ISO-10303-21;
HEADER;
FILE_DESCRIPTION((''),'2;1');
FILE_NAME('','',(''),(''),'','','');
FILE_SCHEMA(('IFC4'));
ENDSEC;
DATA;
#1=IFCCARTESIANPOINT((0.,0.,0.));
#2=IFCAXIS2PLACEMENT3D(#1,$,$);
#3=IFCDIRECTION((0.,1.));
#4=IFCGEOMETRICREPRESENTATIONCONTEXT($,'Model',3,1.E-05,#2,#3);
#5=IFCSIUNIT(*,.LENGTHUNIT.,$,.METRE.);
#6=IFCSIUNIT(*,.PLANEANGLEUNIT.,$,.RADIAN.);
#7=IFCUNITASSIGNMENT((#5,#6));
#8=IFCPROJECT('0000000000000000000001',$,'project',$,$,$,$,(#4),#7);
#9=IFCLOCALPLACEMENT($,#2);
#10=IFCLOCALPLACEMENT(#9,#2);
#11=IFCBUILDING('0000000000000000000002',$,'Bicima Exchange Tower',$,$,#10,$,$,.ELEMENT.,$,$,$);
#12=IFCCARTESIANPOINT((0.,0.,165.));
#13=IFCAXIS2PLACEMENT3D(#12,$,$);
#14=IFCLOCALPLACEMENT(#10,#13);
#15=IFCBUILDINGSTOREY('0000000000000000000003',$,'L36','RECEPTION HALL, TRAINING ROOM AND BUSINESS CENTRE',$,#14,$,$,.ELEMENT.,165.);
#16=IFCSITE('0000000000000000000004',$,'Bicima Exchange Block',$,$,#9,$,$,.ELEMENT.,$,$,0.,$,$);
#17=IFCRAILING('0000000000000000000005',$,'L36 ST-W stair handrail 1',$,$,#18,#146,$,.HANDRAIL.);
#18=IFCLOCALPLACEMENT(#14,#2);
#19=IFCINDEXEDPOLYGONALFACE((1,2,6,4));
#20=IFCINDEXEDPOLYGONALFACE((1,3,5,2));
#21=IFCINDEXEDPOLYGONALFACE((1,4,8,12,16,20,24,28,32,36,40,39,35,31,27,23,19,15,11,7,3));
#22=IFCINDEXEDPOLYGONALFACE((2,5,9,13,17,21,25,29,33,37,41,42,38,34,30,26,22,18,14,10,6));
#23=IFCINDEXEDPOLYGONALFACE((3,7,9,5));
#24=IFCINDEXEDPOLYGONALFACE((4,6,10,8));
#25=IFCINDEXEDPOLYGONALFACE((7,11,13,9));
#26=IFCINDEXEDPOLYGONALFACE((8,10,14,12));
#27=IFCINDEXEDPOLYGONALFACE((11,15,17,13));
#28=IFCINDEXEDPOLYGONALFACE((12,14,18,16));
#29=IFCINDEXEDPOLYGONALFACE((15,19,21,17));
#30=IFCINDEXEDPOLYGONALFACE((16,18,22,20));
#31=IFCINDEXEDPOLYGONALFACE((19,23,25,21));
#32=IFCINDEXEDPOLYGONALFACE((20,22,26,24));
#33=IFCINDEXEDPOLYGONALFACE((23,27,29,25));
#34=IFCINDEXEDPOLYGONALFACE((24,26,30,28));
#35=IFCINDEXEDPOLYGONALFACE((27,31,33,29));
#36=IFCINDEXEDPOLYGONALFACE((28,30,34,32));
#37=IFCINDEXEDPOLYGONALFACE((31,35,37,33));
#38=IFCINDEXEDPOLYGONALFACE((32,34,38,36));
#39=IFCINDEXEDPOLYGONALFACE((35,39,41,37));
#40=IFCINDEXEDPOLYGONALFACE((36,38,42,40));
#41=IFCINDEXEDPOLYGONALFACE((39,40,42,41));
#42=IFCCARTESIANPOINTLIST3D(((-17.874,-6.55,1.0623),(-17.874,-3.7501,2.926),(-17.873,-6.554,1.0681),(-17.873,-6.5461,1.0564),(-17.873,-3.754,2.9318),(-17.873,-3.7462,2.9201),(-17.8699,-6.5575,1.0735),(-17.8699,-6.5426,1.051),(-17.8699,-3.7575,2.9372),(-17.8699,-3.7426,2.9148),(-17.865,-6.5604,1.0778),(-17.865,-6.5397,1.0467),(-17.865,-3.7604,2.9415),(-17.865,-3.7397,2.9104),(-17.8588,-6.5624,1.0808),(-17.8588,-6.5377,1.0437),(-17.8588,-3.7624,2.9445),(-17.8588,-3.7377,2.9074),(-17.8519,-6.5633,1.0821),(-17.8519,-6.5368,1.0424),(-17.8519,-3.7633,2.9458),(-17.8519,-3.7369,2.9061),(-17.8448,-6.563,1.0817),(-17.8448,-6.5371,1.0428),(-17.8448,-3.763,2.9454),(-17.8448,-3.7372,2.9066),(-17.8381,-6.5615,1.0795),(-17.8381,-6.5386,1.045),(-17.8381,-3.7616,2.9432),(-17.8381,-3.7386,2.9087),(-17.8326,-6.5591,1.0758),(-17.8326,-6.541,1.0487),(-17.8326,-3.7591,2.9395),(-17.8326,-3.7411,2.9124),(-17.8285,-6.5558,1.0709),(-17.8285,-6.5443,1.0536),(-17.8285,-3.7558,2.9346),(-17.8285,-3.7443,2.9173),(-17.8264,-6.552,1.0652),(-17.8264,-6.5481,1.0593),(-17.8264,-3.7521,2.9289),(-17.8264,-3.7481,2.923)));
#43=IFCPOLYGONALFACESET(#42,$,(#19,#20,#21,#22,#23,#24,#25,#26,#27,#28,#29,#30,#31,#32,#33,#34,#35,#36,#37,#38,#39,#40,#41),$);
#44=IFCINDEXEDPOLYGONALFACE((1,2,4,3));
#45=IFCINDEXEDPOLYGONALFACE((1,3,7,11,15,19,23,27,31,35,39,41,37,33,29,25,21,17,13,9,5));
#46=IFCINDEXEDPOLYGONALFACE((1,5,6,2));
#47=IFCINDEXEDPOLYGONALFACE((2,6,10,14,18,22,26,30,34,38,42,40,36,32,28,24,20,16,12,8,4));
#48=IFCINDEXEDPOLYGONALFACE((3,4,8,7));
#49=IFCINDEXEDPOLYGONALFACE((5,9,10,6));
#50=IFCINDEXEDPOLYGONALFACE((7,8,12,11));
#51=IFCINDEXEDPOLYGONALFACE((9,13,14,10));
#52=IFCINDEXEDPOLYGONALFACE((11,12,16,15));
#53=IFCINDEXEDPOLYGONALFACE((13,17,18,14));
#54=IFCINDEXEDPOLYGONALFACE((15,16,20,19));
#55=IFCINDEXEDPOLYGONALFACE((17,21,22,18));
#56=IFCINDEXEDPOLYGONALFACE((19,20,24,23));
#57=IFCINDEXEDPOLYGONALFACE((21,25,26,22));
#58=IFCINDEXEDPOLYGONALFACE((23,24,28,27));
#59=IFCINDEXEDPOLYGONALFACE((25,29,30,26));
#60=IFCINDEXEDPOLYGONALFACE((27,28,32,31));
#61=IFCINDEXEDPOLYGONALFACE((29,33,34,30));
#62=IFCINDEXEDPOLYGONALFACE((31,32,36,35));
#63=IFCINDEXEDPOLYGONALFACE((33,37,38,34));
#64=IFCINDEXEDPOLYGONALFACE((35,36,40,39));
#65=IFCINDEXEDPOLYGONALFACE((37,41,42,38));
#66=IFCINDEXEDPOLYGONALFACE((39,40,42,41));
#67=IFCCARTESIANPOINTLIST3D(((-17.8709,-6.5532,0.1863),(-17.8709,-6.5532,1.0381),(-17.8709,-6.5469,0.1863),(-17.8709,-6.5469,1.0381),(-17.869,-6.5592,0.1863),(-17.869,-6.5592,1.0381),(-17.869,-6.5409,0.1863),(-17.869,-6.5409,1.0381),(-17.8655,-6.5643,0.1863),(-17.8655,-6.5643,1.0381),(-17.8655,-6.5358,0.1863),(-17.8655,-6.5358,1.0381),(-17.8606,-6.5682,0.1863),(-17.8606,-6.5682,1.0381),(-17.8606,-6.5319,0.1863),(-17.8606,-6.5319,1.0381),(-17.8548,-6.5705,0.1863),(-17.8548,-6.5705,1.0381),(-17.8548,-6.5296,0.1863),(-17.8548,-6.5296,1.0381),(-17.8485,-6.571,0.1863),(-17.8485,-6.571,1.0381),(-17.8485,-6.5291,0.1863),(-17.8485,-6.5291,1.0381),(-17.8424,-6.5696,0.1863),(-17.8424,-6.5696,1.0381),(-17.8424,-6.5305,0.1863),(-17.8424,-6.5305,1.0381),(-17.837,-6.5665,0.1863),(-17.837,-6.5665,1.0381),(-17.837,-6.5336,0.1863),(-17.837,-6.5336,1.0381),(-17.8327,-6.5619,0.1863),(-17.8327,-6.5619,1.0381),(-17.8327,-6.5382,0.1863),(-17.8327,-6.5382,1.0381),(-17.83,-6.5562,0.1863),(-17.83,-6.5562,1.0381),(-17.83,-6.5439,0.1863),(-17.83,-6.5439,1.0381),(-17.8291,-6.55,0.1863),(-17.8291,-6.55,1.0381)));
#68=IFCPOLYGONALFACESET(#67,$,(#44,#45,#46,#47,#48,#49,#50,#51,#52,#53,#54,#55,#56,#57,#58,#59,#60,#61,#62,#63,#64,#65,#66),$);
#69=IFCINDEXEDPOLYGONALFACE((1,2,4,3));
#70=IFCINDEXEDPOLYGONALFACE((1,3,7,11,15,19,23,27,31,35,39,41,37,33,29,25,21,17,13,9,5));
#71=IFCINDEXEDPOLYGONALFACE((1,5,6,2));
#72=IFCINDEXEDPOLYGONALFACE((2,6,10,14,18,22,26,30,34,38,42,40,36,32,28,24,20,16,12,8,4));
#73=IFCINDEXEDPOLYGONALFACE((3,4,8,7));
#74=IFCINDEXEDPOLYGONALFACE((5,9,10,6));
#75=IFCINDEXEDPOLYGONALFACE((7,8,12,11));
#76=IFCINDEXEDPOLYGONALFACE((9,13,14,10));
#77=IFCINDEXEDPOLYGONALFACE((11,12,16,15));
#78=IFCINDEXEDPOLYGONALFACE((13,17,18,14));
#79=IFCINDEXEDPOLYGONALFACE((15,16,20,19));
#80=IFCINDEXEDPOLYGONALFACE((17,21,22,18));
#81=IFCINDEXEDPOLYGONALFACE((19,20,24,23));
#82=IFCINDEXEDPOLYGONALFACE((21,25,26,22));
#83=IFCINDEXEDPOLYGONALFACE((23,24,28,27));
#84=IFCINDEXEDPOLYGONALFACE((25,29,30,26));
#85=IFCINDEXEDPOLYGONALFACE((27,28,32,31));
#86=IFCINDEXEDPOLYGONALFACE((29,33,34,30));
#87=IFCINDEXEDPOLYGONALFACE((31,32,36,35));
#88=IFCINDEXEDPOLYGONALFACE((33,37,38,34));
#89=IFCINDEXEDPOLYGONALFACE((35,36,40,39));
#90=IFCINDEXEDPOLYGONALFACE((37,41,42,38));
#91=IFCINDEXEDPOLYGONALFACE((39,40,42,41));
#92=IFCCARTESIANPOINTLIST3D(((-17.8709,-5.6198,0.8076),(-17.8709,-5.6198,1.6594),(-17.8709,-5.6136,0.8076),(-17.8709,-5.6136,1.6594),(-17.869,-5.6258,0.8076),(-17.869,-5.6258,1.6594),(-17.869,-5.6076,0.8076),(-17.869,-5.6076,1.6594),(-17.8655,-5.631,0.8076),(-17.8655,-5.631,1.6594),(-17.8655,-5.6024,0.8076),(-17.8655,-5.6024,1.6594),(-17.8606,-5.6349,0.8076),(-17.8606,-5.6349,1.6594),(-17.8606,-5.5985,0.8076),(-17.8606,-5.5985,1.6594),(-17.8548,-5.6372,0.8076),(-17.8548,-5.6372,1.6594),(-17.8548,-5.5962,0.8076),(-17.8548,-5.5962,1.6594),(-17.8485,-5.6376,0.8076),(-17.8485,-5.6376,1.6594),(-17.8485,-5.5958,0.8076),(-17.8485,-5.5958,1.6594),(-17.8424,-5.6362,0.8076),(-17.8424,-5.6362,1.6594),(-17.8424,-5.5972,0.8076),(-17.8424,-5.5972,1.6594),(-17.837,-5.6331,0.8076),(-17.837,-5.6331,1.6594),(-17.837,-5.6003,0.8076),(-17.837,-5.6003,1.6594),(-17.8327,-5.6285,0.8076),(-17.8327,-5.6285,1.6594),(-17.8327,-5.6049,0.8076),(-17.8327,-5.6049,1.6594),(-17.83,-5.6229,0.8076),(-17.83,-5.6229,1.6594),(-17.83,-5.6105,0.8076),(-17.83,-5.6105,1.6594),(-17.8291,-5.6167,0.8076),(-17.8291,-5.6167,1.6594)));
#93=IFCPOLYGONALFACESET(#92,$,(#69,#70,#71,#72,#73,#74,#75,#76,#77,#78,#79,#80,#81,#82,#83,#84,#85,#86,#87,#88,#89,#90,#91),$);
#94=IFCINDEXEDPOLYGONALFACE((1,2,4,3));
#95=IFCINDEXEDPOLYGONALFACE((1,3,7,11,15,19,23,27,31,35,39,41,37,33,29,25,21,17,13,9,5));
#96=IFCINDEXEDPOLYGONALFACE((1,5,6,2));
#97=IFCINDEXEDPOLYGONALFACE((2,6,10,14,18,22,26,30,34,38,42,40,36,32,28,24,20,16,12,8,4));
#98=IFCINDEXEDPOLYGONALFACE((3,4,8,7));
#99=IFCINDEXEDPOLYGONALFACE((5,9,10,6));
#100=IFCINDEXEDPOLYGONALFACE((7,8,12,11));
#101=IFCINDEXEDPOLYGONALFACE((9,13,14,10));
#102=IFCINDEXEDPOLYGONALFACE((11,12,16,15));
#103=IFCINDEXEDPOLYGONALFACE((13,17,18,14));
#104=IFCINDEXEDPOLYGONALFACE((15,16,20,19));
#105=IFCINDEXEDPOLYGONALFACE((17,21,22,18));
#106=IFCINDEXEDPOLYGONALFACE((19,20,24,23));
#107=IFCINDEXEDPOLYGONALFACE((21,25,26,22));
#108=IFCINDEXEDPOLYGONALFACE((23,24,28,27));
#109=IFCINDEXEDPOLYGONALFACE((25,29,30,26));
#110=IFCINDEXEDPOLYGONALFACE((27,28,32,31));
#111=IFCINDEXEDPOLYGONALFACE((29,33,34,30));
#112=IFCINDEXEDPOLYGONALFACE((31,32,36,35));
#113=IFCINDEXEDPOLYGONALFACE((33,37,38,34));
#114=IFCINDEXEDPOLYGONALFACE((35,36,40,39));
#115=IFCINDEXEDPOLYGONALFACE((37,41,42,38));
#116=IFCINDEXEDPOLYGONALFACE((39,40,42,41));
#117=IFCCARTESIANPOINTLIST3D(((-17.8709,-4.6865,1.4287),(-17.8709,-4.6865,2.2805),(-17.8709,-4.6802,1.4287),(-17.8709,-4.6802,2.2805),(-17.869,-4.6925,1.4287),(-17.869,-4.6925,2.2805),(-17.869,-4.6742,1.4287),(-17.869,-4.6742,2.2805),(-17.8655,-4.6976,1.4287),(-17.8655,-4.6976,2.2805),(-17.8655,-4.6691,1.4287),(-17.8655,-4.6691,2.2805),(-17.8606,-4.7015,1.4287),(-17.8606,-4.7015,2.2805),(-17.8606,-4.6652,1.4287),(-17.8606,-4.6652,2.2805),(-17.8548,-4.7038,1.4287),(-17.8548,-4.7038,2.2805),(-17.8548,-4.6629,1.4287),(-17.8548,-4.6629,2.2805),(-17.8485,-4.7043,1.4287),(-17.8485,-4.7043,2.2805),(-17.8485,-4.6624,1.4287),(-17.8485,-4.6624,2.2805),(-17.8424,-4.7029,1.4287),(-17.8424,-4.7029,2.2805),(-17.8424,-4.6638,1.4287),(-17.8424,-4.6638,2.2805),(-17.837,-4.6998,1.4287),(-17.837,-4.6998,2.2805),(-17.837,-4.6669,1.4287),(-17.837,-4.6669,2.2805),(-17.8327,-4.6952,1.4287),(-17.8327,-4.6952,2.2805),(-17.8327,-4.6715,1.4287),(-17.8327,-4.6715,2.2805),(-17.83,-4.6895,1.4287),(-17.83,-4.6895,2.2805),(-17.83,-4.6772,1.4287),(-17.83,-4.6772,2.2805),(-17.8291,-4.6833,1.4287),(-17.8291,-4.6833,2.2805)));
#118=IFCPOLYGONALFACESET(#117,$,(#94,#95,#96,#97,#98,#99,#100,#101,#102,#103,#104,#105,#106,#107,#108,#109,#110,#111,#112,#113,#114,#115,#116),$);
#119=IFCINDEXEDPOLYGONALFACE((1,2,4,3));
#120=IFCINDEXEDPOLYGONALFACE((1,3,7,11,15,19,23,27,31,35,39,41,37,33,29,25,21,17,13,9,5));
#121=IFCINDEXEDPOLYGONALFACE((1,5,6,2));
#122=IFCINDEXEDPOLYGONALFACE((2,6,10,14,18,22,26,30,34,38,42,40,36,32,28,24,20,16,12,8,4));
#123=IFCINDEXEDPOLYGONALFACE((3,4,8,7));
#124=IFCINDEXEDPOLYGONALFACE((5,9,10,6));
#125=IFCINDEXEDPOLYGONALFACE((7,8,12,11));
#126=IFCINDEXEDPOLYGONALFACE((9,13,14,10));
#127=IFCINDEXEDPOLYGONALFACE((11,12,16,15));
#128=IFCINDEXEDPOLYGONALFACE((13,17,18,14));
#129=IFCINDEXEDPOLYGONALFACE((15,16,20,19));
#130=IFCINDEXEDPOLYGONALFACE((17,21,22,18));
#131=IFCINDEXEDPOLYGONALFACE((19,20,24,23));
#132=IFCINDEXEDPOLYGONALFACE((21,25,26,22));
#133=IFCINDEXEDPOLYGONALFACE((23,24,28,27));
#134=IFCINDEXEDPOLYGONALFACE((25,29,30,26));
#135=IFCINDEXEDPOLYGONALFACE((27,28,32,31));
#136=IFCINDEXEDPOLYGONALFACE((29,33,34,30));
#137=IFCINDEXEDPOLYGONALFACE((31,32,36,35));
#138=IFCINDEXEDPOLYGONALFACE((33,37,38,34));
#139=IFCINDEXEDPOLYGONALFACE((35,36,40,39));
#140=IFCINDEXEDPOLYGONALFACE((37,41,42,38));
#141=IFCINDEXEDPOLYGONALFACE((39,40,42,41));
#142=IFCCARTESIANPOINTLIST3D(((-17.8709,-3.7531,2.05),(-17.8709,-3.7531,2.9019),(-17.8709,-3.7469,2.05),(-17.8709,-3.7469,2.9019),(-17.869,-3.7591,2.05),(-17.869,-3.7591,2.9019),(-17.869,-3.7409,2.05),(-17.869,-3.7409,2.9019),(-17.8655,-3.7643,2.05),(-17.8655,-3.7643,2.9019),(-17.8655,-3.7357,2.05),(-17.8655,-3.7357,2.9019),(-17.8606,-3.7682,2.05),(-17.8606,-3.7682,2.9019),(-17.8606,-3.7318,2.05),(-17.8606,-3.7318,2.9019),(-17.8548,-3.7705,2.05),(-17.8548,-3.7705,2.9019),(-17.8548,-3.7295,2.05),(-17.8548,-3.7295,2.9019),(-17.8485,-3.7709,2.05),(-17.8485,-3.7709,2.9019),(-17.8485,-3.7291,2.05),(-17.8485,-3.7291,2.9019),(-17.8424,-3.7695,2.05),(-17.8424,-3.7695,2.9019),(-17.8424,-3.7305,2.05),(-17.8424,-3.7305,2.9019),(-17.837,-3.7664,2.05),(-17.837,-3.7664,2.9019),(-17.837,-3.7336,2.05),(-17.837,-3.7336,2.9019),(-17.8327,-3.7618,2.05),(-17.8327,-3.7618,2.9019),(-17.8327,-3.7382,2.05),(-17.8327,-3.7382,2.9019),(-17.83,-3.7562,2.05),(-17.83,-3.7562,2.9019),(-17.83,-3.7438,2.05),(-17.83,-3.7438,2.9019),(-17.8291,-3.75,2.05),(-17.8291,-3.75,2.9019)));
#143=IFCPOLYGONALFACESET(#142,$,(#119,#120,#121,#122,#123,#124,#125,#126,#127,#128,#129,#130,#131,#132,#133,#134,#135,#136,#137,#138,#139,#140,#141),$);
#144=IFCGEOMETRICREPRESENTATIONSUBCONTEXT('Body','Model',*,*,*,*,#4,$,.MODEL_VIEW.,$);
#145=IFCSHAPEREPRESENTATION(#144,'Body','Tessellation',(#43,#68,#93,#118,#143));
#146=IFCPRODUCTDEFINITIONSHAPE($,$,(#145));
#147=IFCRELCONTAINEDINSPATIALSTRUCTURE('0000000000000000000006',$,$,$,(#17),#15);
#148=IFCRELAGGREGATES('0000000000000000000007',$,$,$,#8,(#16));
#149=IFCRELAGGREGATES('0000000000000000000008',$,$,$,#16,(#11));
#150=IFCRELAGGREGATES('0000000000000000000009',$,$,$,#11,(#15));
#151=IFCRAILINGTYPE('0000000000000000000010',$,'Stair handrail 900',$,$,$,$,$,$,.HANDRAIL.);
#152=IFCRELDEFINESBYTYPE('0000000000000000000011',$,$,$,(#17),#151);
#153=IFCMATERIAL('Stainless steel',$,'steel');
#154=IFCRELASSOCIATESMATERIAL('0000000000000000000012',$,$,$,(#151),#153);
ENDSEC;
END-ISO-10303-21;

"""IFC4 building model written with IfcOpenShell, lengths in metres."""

from ifc_helpers import new_model, si_unit, direction, frame, origin, origin_2d, place, context, subcontext, project, spatial, circle, extrude, material, type_object, element, save


model = new_model("IFC4")

# Units and contexts
model_context = context("Model", 3, precision=1e-05, world=origin(), true_north=direction((0.0, 1.0)))
body_context = subcontext(model_context, "Body", "Model", "MODEL_VIEW")
ifc_project = project(units=[si_unit("LENGTHUNIT", "METRE"), si_unit("PLANEANGLEUNIT", "RADIAN")], contexts=[model_context])

# Site, building, storey
site_placement = place(None, origin())
site = spatial("IfcSite", under=ifc_project, at=site_placement, Name="Bicima Exchange Block", CompositionType="ELEMENT", RefElevation=0.0)
building_placement = place(site_placement, origin())
building = spatial("IfcBuilding", under=site, at=building_placement, Name="Bicima Exchange Tower", CompositionType="ELEMENT")
storey_placement = place(building_placement, frame((0.0, 0.0, 165.0)))
storey = spatial("IfcBuildingStorey", under=building, at=storey_placement, Name="L36", Description="RECEPTION HALL, TRAINING ROOM AND BUSINESS CENTRE", CompositionType="ELEMENT", Elevation=165.0)

# Shared definitions
ifc_material_1 = material(Name="Stainless steel", Category="steel")

# Railing
railing_type_1 = type_object("IfcRailingType", Name="Stair handrail 900", PredefinedType="HANDRAIL", material=ifc_material_1)
railing_1_placement = place(storey_placement, frame((-17.8501, -6.55, 0.1863)))
element("IfcRailing", 1, at=railing_1_placement, inside=storey, type_object=railing_type_1, Name="L36 ST-W stair handrail 1", PredefinedType="HANDRAIL", context=body_context, shape_type="SweptSolid", body=[
    extrude(circle(Radius=0.0239, at=origin_2d()), frame((0.0, 0.0, 0.876), z_axis=(0.0, 0.832452, 0.554097), x_axis=(-1.0, 0.0, 0.0)), (0.0, 0.0, 1.0), 3.3635),
    extrude(circle(Radius=0.021, at=origin_2d()), origin(), (0.0, 0.0, 1.0), 0.8518),
    extrude(circle(Radius=0.021, at=origin_2d()), frame((0.0, 0.9333, 0.6213)), (0.0, 0.0, 1.0), 0.8518),
    extrude(circle(Radius=0.021, at=origin_2d()), frame((0.0, 1.8667, 1.2424)), (0.0, 0.0, 1.0), 0.8518),
    extrude(circle(Radius=0.021, at=origin_2d()), frame((0.0, 2.8, 1.8638)), (0.0, 0.0, 1.0), 0.8518),
])

save(model, "model.ifc")
